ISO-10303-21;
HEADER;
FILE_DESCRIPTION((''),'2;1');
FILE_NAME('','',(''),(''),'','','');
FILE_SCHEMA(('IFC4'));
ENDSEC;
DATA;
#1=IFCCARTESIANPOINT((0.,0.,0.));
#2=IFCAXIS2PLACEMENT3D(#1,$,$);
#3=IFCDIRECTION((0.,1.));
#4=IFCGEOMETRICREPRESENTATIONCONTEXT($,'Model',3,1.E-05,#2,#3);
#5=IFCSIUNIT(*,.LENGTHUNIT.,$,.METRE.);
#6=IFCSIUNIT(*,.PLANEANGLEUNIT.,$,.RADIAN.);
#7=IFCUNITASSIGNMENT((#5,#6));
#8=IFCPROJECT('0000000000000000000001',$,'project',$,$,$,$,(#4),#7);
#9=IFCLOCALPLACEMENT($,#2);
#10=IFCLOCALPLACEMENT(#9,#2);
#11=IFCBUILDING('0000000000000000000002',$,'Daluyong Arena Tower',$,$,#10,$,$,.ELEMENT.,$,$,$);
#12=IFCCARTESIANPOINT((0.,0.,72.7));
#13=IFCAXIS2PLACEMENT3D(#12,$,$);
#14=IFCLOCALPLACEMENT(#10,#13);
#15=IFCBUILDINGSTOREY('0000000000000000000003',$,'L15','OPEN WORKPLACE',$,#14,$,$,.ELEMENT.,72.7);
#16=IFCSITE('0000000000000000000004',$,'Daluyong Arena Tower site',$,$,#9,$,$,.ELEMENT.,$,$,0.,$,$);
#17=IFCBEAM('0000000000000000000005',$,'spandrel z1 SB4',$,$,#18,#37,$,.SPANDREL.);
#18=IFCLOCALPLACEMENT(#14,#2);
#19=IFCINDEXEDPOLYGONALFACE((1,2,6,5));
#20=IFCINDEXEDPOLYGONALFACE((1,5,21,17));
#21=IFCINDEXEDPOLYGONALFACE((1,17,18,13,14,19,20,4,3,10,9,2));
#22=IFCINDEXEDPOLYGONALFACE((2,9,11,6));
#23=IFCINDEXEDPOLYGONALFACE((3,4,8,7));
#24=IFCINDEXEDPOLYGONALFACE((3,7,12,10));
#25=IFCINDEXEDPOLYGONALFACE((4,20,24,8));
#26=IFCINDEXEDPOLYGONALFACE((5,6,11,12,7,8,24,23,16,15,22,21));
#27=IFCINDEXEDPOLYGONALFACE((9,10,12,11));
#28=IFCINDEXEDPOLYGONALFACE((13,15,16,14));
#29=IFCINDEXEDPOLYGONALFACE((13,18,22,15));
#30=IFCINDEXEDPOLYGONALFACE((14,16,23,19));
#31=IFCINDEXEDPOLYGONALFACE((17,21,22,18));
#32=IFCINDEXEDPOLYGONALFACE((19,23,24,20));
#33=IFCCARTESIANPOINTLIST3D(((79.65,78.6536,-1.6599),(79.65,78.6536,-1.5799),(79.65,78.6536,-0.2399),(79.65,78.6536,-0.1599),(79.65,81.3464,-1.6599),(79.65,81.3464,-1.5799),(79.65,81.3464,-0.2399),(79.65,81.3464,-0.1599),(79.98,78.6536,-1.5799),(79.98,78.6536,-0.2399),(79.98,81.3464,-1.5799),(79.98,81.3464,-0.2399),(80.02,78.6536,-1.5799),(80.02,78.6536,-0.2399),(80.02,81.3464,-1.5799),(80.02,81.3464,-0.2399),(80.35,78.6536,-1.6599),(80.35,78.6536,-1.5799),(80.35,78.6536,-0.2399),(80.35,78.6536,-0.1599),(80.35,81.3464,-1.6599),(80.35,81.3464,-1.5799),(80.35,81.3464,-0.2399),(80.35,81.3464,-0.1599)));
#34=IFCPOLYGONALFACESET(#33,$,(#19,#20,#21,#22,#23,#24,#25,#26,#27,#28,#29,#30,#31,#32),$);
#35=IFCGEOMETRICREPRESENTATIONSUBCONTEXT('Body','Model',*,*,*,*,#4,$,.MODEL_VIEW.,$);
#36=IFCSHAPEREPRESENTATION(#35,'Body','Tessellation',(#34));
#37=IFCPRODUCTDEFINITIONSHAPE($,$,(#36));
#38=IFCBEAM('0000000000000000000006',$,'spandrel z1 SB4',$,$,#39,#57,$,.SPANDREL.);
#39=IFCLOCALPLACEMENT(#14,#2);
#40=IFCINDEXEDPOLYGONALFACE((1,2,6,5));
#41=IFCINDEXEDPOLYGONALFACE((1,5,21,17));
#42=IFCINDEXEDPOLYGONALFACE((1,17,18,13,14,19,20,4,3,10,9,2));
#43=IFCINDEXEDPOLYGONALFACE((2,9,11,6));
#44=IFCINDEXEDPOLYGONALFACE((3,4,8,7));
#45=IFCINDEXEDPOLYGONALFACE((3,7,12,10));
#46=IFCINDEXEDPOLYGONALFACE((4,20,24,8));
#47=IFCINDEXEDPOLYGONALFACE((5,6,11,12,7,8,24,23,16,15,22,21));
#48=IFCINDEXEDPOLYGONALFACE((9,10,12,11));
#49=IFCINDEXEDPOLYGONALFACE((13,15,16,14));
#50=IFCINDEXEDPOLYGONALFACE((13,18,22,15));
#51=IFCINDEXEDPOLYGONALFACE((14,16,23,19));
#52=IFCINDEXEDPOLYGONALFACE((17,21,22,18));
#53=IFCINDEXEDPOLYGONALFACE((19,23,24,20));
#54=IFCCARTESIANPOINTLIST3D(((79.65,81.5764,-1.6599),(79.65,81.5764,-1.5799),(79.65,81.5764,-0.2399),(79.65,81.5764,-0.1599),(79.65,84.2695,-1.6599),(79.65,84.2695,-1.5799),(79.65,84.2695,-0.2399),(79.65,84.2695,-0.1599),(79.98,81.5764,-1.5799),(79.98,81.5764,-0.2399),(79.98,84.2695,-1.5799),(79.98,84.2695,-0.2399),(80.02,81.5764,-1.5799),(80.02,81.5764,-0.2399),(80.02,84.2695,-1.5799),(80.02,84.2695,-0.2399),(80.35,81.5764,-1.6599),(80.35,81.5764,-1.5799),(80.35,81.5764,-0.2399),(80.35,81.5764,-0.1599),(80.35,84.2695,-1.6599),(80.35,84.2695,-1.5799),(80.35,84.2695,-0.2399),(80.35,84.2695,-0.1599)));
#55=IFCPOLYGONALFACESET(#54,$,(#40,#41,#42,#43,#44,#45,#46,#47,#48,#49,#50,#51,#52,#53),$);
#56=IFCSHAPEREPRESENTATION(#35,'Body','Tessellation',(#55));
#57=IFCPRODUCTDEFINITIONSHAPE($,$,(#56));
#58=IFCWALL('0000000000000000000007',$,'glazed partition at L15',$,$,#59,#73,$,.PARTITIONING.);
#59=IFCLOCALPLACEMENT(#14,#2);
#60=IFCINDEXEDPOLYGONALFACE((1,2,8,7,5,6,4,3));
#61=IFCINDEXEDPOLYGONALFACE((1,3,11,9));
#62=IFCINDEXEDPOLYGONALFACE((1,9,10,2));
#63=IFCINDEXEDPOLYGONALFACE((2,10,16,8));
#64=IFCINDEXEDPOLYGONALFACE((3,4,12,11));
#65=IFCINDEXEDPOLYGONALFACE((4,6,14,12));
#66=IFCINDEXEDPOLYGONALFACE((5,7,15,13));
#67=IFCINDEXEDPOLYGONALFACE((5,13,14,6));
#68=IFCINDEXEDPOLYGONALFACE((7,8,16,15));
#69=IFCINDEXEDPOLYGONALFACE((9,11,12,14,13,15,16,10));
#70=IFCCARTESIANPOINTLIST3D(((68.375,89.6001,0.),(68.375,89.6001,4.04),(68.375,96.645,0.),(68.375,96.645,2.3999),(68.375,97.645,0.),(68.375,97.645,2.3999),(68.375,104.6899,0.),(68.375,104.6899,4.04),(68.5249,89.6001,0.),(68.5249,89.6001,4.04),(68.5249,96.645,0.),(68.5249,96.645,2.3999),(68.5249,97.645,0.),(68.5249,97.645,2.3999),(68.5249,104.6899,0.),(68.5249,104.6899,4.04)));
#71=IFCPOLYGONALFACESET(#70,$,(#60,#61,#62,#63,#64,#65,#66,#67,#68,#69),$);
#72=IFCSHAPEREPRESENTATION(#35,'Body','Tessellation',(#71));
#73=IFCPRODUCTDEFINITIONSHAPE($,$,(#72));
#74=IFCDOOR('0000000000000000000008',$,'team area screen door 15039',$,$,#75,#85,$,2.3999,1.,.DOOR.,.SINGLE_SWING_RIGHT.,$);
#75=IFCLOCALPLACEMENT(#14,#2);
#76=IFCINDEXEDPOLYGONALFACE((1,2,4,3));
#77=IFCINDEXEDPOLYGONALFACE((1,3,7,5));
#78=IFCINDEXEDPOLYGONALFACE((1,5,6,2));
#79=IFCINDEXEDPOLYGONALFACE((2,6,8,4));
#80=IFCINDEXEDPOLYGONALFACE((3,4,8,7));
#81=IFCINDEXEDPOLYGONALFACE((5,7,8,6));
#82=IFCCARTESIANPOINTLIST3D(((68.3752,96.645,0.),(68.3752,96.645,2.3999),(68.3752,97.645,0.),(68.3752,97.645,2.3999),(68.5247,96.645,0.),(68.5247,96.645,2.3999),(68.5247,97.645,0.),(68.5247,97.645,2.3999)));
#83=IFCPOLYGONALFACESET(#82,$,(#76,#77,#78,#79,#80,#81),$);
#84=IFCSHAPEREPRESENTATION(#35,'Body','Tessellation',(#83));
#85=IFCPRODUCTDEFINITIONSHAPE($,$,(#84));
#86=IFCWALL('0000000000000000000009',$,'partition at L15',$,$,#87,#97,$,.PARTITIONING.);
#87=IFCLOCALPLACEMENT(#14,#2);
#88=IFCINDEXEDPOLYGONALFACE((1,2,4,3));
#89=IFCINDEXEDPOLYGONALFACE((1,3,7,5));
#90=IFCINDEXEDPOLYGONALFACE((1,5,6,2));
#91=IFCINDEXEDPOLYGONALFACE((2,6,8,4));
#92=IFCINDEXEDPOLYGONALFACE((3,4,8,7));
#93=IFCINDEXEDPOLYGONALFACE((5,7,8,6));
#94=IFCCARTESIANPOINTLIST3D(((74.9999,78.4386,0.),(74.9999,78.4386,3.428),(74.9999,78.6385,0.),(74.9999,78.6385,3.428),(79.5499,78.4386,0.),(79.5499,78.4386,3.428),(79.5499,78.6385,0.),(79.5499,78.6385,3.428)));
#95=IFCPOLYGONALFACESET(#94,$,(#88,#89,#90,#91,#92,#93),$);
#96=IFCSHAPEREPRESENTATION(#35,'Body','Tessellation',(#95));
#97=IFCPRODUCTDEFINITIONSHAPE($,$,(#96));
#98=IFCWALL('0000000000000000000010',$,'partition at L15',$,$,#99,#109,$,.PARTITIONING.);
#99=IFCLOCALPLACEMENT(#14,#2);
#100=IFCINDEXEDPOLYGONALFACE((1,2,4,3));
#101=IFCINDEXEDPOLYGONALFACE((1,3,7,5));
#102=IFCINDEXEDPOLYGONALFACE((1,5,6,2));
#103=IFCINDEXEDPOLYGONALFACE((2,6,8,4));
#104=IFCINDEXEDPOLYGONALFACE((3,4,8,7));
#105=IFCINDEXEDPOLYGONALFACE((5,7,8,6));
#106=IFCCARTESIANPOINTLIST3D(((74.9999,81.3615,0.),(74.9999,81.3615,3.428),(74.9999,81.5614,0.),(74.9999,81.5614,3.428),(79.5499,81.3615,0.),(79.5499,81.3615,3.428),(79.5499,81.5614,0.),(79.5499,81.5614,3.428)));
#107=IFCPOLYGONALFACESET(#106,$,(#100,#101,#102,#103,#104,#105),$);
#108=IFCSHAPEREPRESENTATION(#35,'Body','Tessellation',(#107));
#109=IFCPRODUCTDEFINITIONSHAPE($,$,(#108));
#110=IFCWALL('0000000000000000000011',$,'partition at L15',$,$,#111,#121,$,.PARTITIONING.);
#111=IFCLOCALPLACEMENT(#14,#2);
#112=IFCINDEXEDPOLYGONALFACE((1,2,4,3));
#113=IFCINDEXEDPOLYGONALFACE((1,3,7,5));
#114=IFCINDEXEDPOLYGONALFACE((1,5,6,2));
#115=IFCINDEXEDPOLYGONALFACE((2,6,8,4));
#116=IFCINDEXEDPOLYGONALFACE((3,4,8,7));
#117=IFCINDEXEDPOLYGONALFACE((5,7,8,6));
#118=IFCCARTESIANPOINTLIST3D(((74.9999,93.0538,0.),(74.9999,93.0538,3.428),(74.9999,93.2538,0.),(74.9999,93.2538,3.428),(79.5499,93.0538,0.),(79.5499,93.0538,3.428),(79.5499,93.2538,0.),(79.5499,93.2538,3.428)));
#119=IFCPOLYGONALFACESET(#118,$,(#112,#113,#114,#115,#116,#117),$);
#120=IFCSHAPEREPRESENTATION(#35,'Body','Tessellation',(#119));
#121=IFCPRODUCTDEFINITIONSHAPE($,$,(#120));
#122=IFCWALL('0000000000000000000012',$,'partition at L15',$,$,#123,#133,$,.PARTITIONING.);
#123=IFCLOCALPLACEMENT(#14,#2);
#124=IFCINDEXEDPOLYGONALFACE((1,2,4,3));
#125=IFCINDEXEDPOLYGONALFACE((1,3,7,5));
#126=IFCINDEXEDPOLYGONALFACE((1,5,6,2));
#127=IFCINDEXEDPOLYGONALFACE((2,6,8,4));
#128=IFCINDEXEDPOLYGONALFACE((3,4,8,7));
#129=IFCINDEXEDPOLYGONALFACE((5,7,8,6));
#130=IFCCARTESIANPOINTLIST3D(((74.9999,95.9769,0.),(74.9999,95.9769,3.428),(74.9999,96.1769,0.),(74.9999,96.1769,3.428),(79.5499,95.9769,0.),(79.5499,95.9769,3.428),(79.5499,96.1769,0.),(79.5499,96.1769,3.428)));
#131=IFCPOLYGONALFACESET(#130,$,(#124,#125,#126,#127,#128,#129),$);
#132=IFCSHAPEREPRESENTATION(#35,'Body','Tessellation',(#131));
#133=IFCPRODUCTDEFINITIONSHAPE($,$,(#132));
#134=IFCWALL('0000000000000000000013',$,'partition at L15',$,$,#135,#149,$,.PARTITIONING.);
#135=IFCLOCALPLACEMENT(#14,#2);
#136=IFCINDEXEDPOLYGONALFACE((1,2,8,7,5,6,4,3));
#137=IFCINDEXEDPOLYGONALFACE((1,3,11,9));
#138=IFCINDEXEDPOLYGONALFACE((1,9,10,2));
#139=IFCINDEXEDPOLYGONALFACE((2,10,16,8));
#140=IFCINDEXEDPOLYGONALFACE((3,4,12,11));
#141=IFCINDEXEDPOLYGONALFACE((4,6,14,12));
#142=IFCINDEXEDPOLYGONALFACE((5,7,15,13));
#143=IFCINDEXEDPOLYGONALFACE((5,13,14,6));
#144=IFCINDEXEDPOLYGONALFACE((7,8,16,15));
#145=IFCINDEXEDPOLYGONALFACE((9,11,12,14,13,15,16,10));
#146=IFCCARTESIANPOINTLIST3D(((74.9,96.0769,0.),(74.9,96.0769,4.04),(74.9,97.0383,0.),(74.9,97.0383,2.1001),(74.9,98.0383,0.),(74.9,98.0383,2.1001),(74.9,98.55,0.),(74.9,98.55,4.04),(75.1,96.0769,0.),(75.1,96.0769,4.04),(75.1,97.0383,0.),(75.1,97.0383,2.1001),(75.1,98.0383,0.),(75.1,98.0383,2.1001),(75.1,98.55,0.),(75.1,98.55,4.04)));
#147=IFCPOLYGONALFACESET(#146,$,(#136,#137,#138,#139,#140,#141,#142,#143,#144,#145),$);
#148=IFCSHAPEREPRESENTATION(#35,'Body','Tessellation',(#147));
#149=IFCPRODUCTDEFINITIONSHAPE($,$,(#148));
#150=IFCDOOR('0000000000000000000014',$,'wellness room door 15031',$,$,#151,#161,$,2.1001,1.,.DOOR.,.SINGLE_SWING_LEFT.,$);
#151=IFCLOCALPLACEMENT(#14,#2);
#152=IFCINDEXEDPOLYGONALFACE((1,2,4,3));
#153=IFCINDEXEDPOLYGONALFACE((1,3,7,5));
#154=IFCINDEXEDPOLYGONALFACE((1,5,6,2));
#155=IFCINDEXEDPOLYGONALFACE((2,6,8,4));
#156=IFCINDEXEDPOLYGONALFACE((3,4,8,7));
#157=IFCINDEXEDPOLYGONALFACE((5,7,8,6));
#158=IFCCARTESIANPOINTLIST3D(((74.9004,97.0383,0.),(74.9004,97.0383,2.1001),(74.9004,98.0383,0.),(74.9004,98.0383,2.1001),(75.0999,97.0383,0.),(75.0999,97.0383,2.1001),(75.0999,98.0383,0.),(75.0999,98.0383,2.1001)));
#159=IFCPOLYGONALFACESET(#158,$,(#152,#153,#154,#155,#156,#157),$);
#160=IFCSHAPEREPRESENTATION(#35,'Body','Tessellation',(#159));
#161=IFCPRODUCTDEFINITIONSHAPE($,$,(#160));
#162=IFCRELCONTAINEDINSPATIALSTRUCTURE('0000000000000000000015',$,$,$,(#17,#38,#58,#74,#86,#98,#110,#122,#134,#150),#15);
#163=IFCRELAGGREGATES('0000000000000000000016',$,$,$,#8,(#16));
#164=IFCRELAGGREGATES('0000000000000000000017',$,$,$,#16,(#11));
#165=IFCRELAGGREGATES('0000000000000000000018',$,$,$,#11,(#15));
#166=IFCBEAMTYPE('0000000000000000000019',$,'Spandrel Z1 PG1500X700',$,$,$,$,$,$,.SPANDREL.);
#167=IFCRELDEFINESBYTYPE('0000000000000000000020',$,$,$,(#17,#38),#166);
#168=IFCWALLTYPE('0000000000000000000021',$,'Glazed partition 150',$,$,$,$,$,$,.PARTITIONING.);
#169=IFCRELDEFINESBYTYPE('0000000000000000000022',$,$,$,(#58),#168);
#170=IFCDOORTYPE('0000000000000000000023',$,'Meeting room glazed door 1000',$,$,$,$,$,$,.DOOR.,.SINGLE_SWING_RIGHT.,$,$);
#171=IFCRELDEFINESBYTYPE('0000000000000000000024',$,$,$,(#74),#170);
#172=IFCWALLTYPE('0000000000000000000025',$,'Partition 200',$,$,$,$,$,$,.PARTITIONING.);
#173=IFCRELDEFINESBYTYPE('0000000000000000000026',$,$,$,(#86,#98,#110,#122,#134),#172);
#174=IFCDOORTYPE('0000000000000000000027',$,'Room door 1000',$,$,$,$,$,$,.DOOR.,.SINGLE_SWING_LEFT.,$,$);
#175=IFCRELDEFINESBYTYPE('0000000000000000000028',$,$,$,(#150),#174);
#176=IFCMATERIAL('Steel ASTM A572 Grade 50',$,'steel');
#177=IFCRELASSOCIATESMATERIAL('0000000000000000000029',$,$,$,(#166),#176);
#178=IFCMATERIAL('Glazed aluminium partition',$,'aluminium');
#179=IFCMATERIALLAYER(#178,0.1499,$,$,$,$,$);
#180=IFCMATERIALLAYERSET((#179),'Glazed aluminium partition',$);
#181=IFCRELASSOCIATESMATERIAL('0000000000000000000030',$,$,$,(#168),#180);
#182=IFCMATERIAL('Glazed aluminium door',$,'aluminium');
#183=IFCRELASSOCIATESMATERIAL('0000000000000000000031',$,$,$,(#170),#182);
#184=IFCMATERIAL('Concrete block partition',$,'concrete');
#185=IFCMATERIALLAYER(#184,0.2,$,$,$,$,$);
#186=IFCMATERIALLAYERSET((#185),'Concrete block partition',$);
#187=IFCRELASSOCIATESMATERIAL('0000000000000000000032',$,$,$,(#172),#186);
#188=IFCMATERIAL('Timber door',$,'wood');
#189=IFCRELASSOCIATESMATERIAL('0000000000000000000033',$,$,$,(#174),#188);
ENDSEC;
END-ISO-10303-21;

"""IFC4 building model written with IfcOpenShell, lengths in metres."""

from ifc_helpers import new_model, si_unit, direction, frame, frame_2d, origin, origin_2d, place, context, subcontext, project, spatial, rectangle, i_section, extrude, material, layer, layer_set, material_profile, profile_set, type_object, element, fill, save


model = new_model("IFC4")

# Units and contexts
model_context = context("Model", 3, precision=1e-05, world=origin(), true_north=direction((0.0, 1.0)))
body_context = subcontext(model_context, "Body", "Model", "MODEL_VIEW")
ifc_project = project(units=[si_unit("LENGTHUNIT", "METRE"), si_unit("PLANEANGLEUNIT", "RADIAN")], contexts=[model_context])

# Site, building, storey
site_placement = place(None, origin())
site = spatial("IfcSite", under=ifc_project, at=site_placement, Name="Daluyong Arena Tower site", CompositionType="ELEMENT", RefElevation=0.0)
building_placement = place(site_placement, origin())
building = spatial("IfcBuilding", under=site, at=building_placement, Name="Daluyong Arena Tower", CompositionType="ELEMENT")
storey_placement = place(building_placement, frame((0.0, 0.0, 72.7)))
storey = spatial("IfcBuildingStorey", under=building, at=storey_placement, Name="L15", Description="OPEN WORKPLACE", CompositionType="ELEMENT", Elevation=72.7)

# Beams
ifc_material_1 = material(Name="Steel ASTM A572 Grade 50", Category="steel")
ifc_material_profile_1 = material_profile(ifc_material_1, i_section(OverallWidth=0.7, OverallDepth=1.5, WebThickness=0.04, FlangeThickness=0.08, at=origin_2d()))
ifc_profile_set_1 = profile_set([ifc_material_profile_1], Name="Steel ASTM A572 Grade 50")
beam_type_1 = type_object("IfcBeamType", Name="Spandrel Z1 PG1500X700", PredefinedType="SPANDREL", material=ifc_profile_set_1)
beam_1_placement = place(storey_placement, frame((80.0, 78.6536, -0.9099), z_axis=(0.0, 1.0, 0.0), x_axis=(-1.0, 0.0, 0.0)))
element("IfcBeam", 1, at=beam_1_placement, inside=storey, type_object=beam_type_1, Name="spandrel z1 SB4", PredefinedType="SPANDREL", context=body_context, shape_type="SweptSolid", body=[
    extrude(i_section(OverallWidth=0.7, OverallDepth=1.5, WebThickness=0.04, FlangeThickness=0.08, at=origin_2d()), origin(), (0.0, 0.0, 1.0), 2.6929),
])
beam_2_placement = place(storey_placement, frame((80.0, 81.5764, -0.9099), z_axis=(0.0, 1.0, 0.0), x_axis=(-1.0, 0.0, 0.0)))
element("IfcBeam", 2, at=beam_2_placement, inside=storey, type_object=beam_type_1, Name="spandrel z1 SB4", PredefinedType="SPANDREL", context=body_context, shape_type="SweptSolid", body=[
    extrude(i_section(OverallWidth=0.7, OverallDepth=1.5, WebThickness=0.04, FlangeThickness=0.08, at=origin_2d()), origin(), (0.0, 0.0, 1.0), 2.6931),
])

# Wall, opening, door
ifc_material_2 = material(Name="Glazed aluminium partition", Category="aluminium")
ifc_layer_1 = layer(ifc_material_2, 0.1499)
ifc_layer_set_1 = layer_set([ifc_layer_1], Name="Glazed aluminium partition")
wall_type_1 = type_object("IfcWallType", Name="Glazed partition 150", PredefinedType="PARTITIONING", material=ifc_layer_set_1)
wall_1_placement = place(storey_placement, frame((68.45, 89.6001, 0.0), z_axis=(0.0, 0.0, 1.0), x_axis=(0.0, 1.0, 0.0)))
wall_1 = element("IfcWall", 3, at=wall_1_placement, inside=storey, type_object=wall_type_1, Name="glazed partition at L15", PredefinedType="PARTITIONING", context=body_context, shape_type="SweptSolid", body=[
    extrude(rectangle(XDim=15.0898, YDim=0.1499, at=frame_2d((7.5449, 0.0))), origin(), (0.0, 0.0, 1.0), 4.04),
])
opening_1_placement = place(wall_1_placement, frame((7.0449, 0.0, 0.0)))
opening_1 = element("IfcOpeningElement", 4, at=opening_1_placement, cuts=wall_1, PredefinedType="OPENING", context=body_context, shape_type="SweptSolid", body=[
    extrude(rectangle(XDim=1.0, YDim=2.3999, at=frame_2d((0.5, 1.2))), frame((0.0, 0.085, 0.0), z_axis=(0.0, -1.0, 0.0), x_axis=(1.0, 0.0, 0.0)), (0.0, 0.0, 1.0), 0.1699),
])
ifc_material_3 = material(Name="Glazed aluminium door", Category="aluminium")
door_type_1 = type_object("IfcDoorType", Name="Meeting room glazed door 1000", OperationType="SINGLE_SWING_RIGHT", PredefinedType="DOOR", material=ifc_material_3)
door_1_placement = place(opening_1_placement, origin())
door_1 = element("IfcDoor", 5, at=door_1_placement, inside=storey, type_object=door_type_1, Name="team area screen door 15039", OperationType="SINGLE_SWING_RIGHT", OverallHeight=2.3999, OverallWidth=1.0, PredefinedType="DOOR", context=body_context, shape_type="SweptSolid", body=[
    extrude(rectangle(XDim=1.0, YDim=2.3999, at=frame_2d((0.5, 1.2))), frame((0.0, 0.0747, 0.0), z_axis=(0.0, -1.0, 0.0), x_axis=(1.0, 0.0, 0.0)), (0.0, 0.0, 1.0), 0.1494),
])
fill(opening_1, door_1)

# Walls
ifc_material_4 = material(Name="Concrete block partition", Category="concrete")
ifc_layer_2 = layer(ifc_material_4, 0.2)
ifc_layer_set_2 = layer_set([ifc_layer_2], Name="Concrete block partition")
wall_type_2 = type_object("IfcWallType", Name="Partition 200", PredefinedType="PARTITIONING", material=ifc_layer_set_2)
for number, where, z_axis, x_axis, name in (
    (6, (75.0, 78.5386, 0.0), (0.0, 0.0, 1.0), (1.0, 0.0, 0.0), "partition at L15"),
    (7, (75.0, 81.4614, 0.0), (0.0, 0.0, 1.0), (1.0, 0.0, 0.0), "partition at L15"),
    (8, (75.0, 93.1538, 0.0), (0.0, 0.0, 1.0), (1.0, 0.0, 0.0), "partition at L15"),
    (9, (75.0, 96.0769, 0.0), (0.0, 0.0, 1.0), (1.0, 0.0, 0.0), "partition at L15"),
):
    element("IfcWall", number, at=place(storey_placement, frame(where, z_axis=z_axis, x_axis=x_axis)), inside=storey, type_object=wall_type_2, Name=name, PredefinedType="PARTITIONING", context=body_context, shape_type="SweptSolid", body=[
        extrude(rectangle(XDim=4.55, YDim=0.2, at=frame_2d((2.2749, 0.0))), origin(), (0.0, 0.0, 1.0), 3.428),
    ])

# Wall, opening, door
wall_2_placement = place(storey_placement, frame((75.0, 96.0769, 0.0), z_axis=(0.0, 0.0, 1.0), x_axis=(0.0, 1.0, 0.0)))
wall_2 = element("IfcWall", 10, at=wall_2_placement, inside=storey, type_object=wall_type_2, Name="partition at L15", PredefinedType="PARTITIONING", context=body_context, shape_type="SweptSolid", body=[
    extrude(rectangle(XDim=2.4731, YDim=0.2, at=frame_2d((1.2366, 0.0))), origin(), (0.0, 0.0, 1.0), 4.04),
])
opening_2_placement = place(wall_2_placement, frame((0.9614, 0.0, 0.0)))
opening_2 = element("IfcOpeningElement", 11, at=opening_2_placement, cuts=wall_2, PredefinedType="OPENING", context=body_context, shape_type="SweptSolid", body=[
    extrude(rectangle(XDim=1.0, YDim=2.1001, at=frame_2d((0.5, 1.05))), frame((0.0, 0.1099, 0.0), z_axis=(0.0, -1.0, 0.0), x_axis=(1.0, 0.0, 0.0)), (0.0, 0.0, 1.0), 0.22),
])
ifc_material_5 = material(Name="Timber door", Category="wood")
door_type_2 = type_object("IfcDoorType", Name="Room door 1000", OperationType="SINGLE_SWING_LEFT", PredefinedType="DOOR", material=ifc_material_5)
door_2_placement = place(opening_2_placement, origin())
door_2 = element("IfcDoor", 12, at=door_2_placement, inside=storey, type_object=door_type_2, Name="wellness room door 15031", OperationType="SINGLE_SWING_LEFT", OverallHeight=2.1001, OverallWidth=1.0, PredefinedType="DOOR", context=body_context, shape_type="SweptSolid", body=[
    extrude(rectangle(XDim=1.0, YDim=2.1001, at=frame_2d((0.5, 1.05))), frame((0.0, 0.0996, 0.0), z_axis=(0.0, -1.0, 0.0), x_axis=(1.0, 0.0, 0.0)), (0.0, 0.0, 1.0), 0.1995),
])
fill(opening_2, door_2)

save(model, "model.ifc")
